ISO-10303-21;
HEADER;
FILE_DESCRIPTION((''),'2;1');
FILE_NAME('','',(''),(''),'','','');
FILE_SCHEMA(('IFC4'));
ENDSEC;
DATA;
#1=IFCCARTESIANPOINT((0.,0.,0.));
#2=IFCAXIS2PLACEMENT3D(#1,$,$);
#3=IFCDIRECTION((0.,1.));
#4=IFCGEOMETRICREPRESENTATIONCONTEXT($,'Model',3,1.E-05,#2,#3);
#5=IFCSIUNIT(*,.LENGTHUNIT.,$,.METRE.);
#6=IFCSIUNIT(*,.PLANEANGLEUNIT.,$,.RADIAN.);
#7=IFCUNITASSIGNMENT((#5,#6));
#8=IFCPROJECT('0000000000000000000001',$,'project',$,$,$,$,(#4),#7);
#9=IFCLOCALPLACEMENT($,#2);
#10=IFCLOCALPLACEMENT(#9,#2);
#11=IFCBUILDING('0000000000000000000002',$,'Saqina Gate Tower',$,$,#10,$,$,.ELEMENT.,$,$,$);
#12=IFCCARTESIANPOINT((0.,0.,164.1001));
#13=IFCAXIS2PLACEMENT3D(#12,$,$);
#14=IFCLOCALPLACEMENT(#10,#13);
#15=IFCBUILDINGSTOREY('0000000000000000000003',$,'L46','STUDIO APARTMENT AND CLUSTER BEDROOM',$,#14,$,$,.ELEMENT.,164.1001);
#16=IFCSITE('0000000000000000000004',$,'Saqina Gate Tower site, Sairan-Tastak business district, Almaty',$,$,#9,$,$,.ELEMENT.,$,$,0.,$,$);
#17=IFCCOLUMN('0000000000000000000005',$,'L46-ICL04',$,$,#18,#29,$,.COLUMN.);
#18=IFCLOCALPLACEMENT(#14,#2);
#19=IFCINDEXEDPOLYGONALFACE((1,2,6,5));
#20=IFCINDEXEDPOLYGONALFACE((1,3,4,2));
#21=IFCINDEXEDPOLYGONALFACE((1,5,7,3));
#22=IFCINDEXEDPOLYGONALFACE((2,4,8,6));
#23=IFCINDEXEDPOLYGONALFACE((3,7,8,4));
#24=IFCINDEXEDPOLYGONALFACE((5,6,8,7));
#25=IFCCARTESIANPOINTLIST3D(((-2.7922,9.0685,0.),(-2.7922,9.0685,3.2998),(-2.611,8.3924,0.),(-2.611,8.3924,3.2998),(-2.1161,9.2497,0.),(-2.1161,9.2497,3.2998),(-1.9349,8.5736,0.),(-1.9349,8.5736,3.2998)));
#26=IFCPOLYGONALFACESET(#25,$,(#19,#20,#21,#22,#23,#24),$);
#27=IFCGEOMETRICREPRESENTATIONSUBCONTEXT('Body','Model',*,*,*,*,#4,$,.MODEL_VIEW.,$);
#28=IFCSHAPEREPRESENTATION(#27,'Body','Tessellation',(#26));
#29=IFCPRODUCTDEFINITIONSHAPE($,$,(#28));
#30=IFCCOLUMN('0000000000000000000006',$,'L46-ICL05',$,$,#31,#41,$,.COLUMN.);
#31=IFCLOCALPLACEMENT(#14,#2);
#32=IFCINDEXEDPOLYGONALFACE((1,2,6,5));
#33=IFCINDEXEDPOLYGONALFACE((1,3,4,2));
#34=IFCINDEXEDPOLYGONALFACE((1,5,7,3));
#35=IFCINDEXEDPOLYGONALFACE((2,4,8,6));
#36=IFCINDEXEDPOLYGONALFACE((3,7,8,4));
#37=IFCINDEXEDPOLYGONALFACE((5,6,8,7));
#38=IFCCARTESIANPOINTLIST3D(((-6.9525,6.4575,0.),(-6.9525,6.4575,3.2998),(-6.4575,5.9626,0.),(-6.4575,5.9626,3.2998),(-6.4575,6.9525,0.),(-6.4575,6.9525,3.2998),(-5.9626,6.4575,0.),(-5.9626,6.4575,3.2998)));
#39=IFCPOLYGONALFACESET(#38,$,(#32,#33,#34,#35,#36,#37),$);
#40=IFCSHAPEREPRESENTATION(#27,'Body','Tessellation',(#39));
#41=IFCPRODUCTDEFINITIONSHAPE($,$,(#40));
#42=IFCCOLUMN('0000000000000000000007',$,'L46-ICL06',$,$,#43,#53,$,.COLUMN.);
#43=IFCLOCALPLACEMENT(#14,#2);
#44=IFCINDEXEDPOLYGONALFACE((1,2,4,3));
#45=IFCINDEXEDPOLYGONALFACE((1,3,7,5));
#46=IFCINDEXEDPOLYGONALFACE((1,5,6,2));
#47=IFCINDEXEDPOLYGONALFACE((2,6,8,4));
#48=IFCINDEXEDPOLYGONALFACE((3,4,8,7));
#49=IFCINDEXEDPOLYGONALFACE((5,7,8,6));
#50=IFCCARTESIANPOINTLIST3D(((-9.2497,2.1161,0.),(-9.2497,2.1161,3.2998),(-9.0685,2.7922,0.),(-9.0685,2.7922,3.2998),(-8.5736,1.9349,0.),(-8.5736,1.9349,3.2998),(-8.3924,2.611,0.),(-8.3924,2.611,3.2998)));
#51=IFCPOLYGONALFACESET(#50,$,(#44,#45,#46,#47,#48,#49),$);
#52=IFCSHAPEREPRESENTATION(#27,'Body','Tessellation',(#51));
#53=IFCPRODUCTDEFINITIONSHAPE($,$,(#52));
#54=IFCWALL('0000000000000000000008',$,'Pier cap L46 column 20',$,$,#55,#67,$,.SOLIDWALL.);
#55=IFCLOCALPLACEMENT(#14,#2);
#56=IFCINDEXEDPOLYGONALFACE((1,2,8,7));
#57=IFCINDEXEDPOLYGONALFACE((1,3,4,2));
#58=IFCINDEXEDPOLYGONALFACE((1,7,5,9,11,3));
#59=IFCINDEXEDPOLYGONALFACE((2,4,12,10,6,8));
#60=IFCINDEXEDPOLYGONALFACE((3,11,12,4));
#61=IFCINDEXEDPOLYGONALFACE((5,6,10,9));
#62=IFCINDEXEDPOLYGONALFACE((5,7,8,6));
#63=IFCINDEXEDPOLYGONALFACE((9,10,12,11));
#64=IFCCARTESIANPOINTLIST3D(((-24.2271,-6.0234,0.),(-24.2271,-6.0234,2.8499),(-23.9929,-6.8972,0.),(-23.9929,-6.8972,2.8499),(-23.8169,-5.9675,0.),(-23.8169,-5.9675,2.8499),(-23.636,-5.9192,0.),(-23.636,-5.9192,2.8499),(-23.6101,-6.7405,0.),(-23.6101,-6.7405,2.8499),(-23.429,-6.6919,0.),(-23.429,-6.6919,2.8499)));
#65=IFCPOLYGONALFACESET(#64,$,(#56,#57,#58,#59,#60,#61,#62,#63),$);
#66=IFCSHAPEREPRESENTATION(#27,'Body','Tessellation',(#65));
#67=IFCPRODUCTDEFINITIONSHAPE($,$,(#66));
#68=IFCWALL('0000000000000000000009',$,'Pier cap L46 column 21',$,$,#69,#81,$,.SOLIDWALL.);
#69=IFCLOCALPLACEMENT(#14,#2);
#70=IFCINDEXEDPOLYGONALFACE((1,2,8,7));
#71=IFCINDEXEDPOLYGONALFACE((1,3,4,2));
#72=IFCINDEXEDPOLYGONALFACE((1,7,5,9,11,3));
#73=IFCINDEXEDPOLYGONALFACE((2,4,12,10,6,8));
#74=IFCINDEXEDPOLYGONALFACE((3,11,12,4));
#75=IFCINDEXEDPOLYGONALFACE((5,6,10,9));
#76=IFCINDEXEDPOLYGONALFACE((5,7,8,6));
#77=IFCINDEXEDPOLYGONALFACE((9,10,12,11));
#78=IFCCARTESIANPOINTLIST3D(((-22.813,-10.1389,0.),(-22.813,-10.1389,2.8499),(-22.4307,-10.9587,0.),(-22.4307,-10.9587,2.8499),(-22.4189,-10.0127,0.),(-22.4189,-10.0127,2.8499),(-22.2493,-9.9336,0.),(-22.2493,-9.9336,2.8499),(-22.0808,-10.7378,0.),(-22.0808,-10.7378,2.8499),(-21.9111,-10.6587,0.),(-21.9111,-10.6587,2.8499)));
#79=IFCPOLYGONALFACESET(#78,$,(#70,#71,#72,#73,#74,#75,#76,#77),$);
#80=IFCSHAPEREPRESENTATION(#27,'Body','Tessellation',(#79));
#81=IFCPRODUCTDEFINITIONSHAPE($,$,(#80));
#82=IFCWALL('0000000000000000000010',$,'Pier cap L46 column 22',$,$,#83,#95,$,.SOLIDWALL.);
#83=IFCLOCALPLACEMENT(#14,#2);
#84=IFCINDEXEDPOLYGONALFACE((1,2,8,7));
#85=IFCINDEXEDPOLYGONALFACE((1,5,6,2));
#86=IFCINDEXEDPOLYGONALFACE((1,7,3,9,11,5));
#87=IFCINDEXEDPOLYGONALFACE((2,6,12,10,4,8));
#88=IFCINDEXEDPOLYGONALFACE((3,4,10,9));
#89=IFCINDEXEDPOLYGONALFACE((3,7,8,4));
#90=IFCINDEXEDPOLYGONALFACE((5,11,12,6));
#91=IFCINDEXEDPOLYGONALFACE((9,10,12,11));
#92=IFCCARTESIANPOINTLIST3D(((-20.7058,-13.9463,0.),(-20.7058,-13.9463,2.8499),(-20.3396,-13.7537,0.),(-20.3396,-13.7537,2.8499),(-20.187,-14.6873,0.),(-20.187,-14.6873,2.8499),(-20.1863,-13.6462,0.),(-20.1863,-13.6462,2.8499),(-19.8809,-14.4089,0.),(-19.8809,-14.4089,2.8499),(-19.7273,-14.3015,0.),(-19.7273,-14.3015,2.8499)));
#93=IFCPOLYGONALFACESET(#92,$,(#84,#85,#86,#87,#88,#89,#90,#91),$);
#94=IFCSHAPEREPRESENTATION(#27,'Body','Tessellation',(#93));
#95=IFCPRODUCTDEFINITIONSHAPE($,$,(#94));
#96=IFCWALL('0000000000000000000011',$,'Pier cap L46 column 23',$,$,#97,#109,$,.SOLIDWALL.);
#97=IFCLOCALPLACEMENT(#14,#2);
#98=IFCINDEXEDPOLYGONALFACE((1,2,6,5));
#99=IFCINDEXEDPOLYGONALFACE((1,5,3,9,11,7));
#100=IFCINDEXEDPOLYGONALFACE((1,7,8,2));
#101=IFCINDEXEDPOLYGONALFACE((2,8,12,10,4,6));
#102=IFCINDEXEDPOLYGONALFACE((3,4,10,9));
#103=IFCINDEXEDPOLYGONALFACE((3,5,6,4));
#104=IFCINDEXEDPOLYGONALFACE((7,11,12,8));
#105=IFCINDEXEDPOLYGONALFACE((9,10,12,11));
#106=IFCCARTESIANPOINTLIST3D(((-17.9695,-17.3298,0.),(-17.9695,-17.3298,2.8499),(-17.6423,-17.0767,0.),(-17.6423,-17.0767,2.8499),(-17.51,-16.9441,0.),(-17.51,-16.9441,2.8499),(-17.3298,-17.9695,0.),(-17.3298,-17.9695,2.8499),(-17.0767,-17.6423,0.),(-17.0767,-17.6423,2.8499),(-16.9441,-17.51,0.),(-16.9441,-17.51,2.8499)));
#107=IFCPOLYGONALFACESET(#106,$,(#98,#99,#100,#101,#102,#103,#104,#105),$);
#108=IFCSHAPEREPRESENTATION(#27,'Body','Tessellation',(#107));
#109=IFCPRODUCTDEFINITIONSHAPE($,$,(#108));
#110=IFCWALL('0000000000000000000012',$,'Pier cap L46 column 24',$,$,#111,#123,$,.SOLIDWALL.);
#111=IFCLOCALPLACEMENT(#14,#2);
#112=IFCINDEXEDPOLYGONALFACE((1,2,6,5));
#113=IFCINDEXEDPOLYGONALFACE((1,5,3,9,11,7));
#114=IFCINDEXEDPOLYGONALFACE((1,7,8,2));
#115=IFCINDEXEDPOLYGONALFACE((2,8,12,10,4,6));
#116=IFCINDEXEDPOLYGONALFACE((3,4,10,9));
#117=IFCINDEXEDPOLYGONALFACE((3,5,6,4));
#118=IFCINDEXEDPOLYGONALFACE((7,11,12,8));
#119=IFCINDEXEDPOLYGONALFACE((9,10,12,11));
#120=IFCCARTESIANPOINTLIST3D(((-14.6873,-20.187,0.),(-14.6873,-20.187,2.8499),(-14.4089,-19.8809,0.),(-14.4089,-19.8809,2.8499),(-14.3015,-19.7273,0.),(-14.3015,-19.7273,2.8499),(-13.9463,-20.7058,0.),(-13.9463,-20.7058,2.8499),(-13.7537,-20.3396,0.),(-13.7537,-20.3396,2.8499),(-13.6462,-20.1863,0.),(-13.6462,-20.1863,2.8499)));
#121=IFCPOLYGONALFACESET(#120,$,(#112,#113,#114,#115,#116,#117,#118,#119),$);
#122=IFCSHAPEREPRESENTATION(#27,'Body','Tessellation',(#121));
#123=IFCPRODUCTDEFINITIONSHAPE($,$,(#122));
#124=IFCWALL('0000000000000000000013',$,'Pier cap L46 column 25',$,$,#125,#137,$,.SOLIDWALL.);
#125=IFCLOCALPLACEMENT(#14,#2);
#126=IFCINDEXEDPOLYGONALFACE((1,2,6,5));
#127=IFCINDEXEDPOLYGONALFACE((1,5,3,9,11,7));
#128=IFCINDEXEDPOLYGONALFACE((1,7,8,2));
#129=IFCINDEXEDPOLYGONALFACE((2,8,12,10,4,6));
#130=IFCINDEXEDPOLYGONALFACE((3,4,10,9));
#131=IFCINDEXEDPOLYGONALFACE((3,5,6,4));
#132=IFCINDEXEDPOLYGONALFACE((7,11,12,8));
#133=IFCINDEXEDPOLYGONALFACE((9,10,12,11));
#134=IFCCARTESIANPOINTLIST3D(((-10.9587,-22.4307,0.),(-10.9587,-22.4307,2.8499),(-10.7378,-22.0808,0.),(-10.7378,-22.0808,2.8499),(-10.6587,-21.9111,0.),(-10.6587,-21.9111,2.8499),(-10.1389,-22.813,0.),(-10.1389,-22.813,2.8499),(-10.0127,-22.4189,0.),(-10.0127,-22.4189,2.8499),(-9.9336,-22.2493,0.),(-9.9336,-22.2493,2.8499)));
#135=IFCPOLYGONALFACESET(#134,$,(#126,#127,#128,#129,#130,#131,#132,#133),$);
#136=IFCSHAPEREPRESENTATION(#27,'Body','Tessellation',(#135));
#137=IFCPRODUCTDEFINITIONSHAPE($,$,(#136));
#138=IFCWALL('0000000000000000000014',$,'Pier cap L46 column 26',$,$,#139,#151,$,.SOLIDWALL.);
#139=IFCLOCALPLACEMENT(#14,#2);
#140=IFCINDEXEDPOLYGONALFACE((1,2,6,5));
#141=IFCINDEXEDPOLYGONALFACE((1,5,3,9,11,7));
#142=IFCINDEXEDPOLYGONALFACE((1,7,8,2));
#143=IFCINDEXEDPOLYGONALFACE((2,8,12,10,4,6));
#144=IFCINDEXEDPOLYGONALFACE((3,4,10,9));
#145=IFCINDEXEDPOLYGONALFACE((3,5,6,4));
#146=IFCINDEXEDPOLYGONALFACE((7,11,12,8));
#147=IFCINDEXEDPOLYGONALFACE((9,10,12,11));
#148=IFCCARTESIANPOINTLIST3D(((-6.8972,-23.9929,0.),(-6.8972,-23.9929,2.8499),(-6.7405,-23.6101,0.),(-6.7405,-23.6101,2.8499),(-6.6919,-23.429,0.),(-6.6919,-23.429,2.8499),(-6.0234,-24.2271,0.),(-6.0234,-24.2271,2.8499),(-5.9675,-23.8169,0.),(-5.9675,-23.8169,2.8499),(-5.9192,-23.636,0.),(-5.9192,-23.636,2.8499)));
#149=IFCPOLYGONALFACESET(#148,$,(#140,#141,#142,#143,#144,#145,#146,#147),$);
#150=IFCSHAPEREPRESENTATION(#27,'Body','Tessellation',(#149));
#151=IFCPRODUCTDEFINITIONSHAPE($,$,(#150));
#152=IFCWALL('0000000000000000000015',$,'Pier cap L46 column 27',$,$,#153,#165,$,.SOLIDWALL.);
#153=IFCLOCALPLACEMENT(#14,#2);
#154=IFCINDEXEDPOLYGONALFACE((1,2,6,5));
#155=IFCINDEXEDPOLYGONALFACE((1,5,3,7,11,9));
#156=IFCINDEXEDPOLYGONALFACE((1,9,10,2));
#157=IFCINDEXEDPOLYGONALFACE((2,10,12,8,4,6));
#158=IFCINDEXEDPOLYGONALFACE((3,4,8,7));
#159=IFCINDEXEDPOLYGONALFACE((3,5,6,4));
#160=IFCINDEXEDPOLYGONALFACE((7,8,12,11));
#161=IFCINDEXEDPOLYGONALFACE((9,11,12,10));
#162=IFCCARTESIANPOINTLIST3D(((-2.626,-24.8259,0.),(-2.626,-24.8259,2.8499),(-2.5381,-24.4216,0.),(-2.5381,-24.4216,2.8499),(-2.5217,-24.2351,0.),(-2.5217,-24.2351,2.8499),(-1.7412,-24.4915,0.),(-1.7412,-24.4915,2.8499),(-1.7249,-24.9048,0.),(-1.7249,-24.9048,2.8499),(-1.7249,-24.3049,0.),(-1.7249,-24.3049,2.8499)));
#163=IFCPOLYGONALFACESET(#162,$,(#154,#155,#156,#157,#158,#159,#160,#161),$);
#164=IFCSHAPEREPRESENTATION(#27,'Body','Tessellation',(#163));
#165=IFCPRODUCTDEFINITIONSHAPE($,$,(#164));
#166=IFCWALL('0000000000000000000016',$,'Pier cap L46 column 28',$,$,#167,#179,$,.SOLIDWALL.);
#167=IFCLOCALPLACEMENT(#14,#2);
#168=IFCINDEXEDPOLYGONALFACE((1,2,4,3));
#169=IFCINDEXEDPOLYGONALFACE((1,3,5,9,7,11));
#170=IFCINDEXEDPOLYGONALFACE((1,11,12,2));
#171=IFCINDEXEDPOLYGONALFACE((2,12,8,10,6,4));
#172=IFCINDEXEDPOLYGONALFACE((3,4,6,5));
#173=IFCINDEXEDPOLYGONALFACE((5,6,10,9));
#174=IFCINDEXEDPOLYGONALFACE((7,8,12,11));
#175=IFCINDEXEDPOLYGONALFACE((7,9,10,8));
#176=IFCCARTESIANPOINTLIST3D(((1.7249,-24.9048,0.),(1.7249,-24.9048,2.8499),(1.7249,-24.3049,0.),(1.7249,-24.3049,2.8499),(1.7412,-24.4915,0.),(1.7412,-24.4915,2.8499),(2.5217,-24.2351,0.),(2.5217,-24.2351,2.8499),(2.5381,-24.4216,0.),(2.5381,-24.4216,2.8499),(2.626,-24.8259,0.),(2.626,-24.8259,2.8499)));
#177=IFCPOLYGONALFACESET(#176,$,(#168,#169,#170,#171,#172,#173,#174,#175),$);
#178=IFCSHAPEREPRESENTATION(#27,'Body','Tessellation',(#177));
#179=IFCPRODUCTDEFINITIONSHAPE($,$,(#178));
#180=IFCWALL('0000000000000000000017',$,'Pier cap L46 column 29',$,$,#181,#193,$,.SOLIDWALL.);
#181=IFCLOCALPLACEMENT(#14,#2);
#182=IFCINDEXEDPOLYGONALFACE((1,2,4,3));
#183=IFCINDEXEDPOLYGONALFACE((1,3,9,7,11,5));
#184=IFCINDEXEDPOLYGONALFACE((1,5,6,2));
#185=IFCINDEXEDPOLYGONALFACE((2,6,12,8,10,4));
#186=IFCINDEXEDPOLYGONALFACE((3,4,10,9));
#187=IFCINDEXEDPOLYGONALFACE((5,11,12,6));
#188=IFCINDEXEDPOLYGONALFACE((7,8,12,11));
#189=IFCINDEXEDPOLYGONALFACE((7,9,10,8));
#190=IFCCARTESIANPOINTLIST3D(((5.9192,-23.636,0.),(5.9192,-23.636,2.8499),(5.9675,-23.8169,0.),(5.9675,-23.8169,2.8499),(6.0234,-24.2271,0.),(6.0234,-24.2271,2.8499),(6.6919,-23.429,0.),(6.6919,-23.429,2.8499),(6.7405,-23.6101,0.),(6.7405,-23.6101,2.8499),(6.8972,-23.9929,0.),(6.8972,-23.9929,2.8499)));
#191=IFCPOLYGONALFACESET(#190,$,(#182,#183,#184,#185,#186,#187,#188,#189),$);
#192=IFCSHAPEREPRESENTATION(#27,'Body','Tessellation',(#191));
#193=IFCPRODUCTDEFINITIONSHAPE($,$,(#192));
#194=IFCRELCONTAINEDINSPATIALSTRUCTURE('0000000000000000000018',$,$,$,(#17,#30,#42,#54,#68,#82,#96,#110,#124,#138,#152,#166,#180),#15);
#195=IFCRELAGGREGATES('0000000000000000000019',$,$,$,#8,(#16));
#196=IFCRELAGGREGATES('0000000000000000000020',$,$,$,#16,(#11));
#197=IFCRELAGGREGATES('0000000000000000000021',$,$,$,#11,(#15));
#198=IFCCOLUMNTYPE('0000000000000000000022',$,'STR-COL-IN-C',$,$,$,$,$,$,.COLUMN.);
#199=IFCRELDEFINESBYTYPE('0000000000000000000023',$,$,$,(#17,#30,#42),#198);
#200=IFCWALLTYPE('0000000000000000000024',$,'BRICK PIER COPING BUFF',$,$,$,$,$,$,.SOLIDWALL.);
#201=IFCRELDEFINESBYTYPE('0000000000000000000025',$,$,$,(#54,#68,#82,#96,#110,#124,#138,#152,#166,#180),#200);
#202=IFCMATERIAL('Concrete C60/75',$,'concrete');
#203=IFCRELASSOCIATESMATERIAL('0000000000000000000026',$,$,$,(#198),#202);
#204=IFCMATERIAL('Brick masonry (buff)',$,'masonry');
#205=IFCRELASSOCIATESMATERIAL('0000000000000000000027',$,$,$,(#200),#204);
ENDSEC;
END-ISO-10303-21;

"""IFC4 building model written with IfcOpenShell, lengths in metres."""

from ifc_helpers import new_model, si_unit, direction, frame, origin, origin_2d, place, context, subcontext, project, spatial, polyline, rectangle, outline, extrude, material, material_profile, profile_set, type_object, element, save


model = new_model("IFC4")

# Units and contexts
model_context = context("Model", 3, precision=1e-05, world=origin(), true_north=direction((0.0, 1.0)))
body_context = subcontext(model_context, "Body", "Model", "MODEL_VIEW")
ifc_project = project(units=[si_unit("LENGTHUNIT", "METRE"), si_unit("PLANEANGLEUNIT", "RADIAN")], contexts=[model_context])

# Site, building, storey
site_placement = place(None, origin())
site = spatial("IfcSite", under=ifc_project, at=site_placement, Name="Saqina Gate Tower site, Sairan-Tastak business district, Almaty", CompositionType="ELEMENT", RefElevation=0.0)
building_placement = place(site_placement, origin())
building = spatial("IfcBuilding", under=site, at=building_placement, Name="Saqina Gate Tower", CompositionType="ELEMENT")
storey_placement = place(building_placement, frame((0.0, 0.0, 164.1001)))
storey = spatial("IfcBuildingStorey", under=building, at=storey_placement, Name="L46", Description="STUDIO APARTMENT AND CLUSTER BEDROOM", CompositionType="ELEMENT", Elevation=164.1001)

# Columns
ifc_material_1 = material(Name="Concrete C60/75", Category="concrete")
ifc_material_profile = material_profile(ifc_material_1, rectangle(XDim=0.7, YDim=0.7, at=origin_2d()), Name="RC 700x700")
ifc_profile_set = profile_set([ifc_material_profile], Name="Concrete C60/75")
column_type = type_object("IfcColumnType", Name="STR-COL-IN-C", PredefinedType="COLUMN", material=ifc_profile_set)
for number, where, z_axis, x_axis, name in (
    (1, (-2.3635, 8.821, 0.0), (0.0, 0.0, 1.0), (-0.258819, 0.965926, 0.0), "L46-ICL04"),
    (2, (-6.4575, 6.4575, 0.0), (0.0, 0.0, 1.0), (-0.707107, 0.707107, 0.0), "L46-ICL05"),
    (3, (-8.821, 2.3635, 0.0), (0.0, 0.0, 1.0), (-0.965926, 0.258819, 0.0), "L46-ICL06"),
):
    element("IfcColumn", number, at=place(storey_placement, frame(where, z_axis=z_axis, x_axis=x_axis)), inside=storey, type_object=column_type, Name=name, PredefinedType="COLUMN", context=body_context, shape_type="SweptSolid", body=[
        extrude(rectangle(XDim=0.7, YDim=0.7, at=origin_2d()), origin(), (0.0, 0.0, 1.0), 3.2998),
    ])

# Walls
ifc_material_2 = material(Name="Brick masonry (buff)", Category="masonry")
wall_type_1 = type_object("IfcWallType", Name="BRICK PIER COPING BUFF", PredefinedType="SOLIDWALL", material=ifc_material_2)
wall_1_placement = place(storey_placement, origin())
element("IfcWall", 4, at=wall_1_placement, inside=storey, type_object=wall_type_1, Name="Pier cap L46 column 20", PredefinedType="SOLIDWALL", context=body_context, shape_type="SweptSolid", body=[
    extrude(outline(polyline([(-24.2271, -6.0234), (-23.9929, -6.8972), (-23.429, -6.6919), (-23.6101, -6.7405), (-23.8169, -5.9675), (-23.636, -5.9192), (-24.2271, -6.0234)])), origin(), (0.0, 0.0, 1.0), 2.8499),
])
wall_2_placement = place(storey_placement, origin())
element("IfcWall", 5, at=wall_2_placement, inside=storey, type_object=wall_type_1, Name="Pier cap L46 column 21", PredefinedType="SOLIDWALL", context=body_context, shape_type="SweptSolid", body=[
    extrude(outline(polyline([(-22.4307, -10.9587), (-21.9111, -10.6587), (-22.0808, -10.7378), (-22.4189, -10.0127), (-22.2493, -9.9336), (-22.813, -10.1389), (-22.4307, -10.9587)])), origin(), (0.0, 0.0, 1.0), 2.8499),
])
wall_3_placement = place(storey_placement, origin())
element("IfcWall", 6, at=wall_3_placement, inside=storey, type_object=wall_type_1, Name="Pier cap L46 column 22", PredefinedType="SOLIDWALL", context=body_context, shape_type="SweptSolid", body=[
    extrude(outline(polyline([(-20.7058, -13.9463), (-20.187, -14.6873), (-19.7273, -14.3015), (-19.8809, -14.4089), (-20.3396, -13.7537), (-20.1863, -13.6462), (-20.7058, -13.9463)])), origin(), (0.0, 0.0, 1.0), 2.8499),
])
wall_4_placement = place(storey_placement, origin())
element("IfcWall", 7, at=wall_4_placement, inside=storey, type_object=wall_type_1, Name="Pier cap L46 column 23", PredefinedType="SOLIDWALL", context=body_context, shape_type="SweptSolid", body=[
    extrude(outline(polyline([(-17.3298, -17.9695), (-16.9441, -17.51), (-17.0767, -17.6423), (-17.6423, -17.0767), (-17.51, -16.9441), (-17.9695, -17.3298), (-17.3298, -17.9695)])), origin(), (0.0, 0.0, 1.0), 2.8499),
])
wall_5_placement = place(storey_placement, origin())
element("IfcWall", 8, at=wall_5_placement, inside=storey, type_object=wall_type_1, Name="Pier cap L46 column 24", PredefinedType="SOLIDWALL", context=body_context, shape_type="SweptSolid", body=[
    extrude(outline(polyline([(-14.6873, -20.187), (-13.9463, -20.7058), (-13.6462, -20.1863), (-13.7537, -20.3396), (-14.4089, -19.8809), (-14.3015, -19.7273), (-14.6873, -20.187)])), origin(), (0.0, 0.0, 1.0), 2.8499),
])
wall_6_placement = place(storey_placement, origin())
element("IfcWall", 9, at=wall_6_placement, inside=storey, type_object=wall_type_1, Name="Pier cap L46 column 25", PredefinedType="SOLIDWALL", context=body_context, shape_type="SweptSolid", body=[
    extrude(outline(polyline([(-10.1389, -22.813), (-9.9336, -22.2493), (-10.0127, -22.4189), (-10.7378, -22.0808), (-10.6587, -21.9111), (-10.9587, -22.4307), (-10.1389, -22.813)])), origin(), (0.0, 0.0, 1.0), 2.8499),
])
wall_7_placement = place(storey_placement, origin())
element("IfcWall", 10, at=wall_7_placement, inside=storey, type_object=wall_type_1, Name="Pier cap L46 column 26", PredefinedType="SOLIDWALL", context=body_context, shape_type="SweptSolid", body=[
    extrude(outline(polyline([(-6.0234, -24.2271), (-5.9192, -23.636), (-5.9675, -23.8169), (-6.7405, -23.6101), (-6.6919, -23.429), (-6.8972, -23.9929), (-6.0234, -24.2271)])), origin(), (0.0, 0.0, 1.0), 2.8499),
])
wall_8_placement = place(storey_placement, origin())
element("IfcWall", 11, at=wall_8_placement, inside=storey, type_object=wall_type_1, Name="Pier cap L46 column 27", PredefinedType="SOLIDWALL", context=body_context, shape_type="SweptSolid", body=[
    extrude(outline(polyline([(-2.626, -24.8259), (-1.7249, -24.9048), (-1.7249, -24.3049), (-1.7412, -24.4915), (-2.5381, -24.4216), (-2.5217, -24.2351), (-2.626, -24.8259)])), origin(), (0.0, 0.0, 1.0), 2.8499),
])
wall_9_placement = place(storey_placement, origin())
element("IfcWall", 12, at=wall_9_placement, inside=storey, type_object=wall_type_1, Name="Pier cap L46 column 28", PredefinedType="SOLIDWALL", context=body_context, shape_type="SweptSolid", body=[
    extrude(outline(polyline([(1.7249, -24.9048), (2.626, -24.8259), (2.5217, -24.2351), (2.5381, -24.4216), (1.7412, -24.4915), (1.7249, -24.3049), (1.7249, -24.9048)])), origin(), (0.0, 0.0, 1.0), 2.8499),
])
wall_10_placement = place(storey_placement, origin())
element("IfcWall", 13, at=wall_10_placement, inside=storey, type_object=wall_type_1, Name="Pier cap L46 column 29", PredefinedType="SOLIDWALL", context=body_context, shape_type="SweptSolid", body=[
    extrude(outline(polyline([(6.0234, -24.2271), (6.8972, -23.9929), (6.6919, -23.429), (6.7405, -23.6101), (5.9675, -23.8169), (5.9192, -23.636), (6.0234, -24.2271)])), origin(), (0.0, 0.0, 1.0), 2.8499),
])

save(model, "model.ifc")
